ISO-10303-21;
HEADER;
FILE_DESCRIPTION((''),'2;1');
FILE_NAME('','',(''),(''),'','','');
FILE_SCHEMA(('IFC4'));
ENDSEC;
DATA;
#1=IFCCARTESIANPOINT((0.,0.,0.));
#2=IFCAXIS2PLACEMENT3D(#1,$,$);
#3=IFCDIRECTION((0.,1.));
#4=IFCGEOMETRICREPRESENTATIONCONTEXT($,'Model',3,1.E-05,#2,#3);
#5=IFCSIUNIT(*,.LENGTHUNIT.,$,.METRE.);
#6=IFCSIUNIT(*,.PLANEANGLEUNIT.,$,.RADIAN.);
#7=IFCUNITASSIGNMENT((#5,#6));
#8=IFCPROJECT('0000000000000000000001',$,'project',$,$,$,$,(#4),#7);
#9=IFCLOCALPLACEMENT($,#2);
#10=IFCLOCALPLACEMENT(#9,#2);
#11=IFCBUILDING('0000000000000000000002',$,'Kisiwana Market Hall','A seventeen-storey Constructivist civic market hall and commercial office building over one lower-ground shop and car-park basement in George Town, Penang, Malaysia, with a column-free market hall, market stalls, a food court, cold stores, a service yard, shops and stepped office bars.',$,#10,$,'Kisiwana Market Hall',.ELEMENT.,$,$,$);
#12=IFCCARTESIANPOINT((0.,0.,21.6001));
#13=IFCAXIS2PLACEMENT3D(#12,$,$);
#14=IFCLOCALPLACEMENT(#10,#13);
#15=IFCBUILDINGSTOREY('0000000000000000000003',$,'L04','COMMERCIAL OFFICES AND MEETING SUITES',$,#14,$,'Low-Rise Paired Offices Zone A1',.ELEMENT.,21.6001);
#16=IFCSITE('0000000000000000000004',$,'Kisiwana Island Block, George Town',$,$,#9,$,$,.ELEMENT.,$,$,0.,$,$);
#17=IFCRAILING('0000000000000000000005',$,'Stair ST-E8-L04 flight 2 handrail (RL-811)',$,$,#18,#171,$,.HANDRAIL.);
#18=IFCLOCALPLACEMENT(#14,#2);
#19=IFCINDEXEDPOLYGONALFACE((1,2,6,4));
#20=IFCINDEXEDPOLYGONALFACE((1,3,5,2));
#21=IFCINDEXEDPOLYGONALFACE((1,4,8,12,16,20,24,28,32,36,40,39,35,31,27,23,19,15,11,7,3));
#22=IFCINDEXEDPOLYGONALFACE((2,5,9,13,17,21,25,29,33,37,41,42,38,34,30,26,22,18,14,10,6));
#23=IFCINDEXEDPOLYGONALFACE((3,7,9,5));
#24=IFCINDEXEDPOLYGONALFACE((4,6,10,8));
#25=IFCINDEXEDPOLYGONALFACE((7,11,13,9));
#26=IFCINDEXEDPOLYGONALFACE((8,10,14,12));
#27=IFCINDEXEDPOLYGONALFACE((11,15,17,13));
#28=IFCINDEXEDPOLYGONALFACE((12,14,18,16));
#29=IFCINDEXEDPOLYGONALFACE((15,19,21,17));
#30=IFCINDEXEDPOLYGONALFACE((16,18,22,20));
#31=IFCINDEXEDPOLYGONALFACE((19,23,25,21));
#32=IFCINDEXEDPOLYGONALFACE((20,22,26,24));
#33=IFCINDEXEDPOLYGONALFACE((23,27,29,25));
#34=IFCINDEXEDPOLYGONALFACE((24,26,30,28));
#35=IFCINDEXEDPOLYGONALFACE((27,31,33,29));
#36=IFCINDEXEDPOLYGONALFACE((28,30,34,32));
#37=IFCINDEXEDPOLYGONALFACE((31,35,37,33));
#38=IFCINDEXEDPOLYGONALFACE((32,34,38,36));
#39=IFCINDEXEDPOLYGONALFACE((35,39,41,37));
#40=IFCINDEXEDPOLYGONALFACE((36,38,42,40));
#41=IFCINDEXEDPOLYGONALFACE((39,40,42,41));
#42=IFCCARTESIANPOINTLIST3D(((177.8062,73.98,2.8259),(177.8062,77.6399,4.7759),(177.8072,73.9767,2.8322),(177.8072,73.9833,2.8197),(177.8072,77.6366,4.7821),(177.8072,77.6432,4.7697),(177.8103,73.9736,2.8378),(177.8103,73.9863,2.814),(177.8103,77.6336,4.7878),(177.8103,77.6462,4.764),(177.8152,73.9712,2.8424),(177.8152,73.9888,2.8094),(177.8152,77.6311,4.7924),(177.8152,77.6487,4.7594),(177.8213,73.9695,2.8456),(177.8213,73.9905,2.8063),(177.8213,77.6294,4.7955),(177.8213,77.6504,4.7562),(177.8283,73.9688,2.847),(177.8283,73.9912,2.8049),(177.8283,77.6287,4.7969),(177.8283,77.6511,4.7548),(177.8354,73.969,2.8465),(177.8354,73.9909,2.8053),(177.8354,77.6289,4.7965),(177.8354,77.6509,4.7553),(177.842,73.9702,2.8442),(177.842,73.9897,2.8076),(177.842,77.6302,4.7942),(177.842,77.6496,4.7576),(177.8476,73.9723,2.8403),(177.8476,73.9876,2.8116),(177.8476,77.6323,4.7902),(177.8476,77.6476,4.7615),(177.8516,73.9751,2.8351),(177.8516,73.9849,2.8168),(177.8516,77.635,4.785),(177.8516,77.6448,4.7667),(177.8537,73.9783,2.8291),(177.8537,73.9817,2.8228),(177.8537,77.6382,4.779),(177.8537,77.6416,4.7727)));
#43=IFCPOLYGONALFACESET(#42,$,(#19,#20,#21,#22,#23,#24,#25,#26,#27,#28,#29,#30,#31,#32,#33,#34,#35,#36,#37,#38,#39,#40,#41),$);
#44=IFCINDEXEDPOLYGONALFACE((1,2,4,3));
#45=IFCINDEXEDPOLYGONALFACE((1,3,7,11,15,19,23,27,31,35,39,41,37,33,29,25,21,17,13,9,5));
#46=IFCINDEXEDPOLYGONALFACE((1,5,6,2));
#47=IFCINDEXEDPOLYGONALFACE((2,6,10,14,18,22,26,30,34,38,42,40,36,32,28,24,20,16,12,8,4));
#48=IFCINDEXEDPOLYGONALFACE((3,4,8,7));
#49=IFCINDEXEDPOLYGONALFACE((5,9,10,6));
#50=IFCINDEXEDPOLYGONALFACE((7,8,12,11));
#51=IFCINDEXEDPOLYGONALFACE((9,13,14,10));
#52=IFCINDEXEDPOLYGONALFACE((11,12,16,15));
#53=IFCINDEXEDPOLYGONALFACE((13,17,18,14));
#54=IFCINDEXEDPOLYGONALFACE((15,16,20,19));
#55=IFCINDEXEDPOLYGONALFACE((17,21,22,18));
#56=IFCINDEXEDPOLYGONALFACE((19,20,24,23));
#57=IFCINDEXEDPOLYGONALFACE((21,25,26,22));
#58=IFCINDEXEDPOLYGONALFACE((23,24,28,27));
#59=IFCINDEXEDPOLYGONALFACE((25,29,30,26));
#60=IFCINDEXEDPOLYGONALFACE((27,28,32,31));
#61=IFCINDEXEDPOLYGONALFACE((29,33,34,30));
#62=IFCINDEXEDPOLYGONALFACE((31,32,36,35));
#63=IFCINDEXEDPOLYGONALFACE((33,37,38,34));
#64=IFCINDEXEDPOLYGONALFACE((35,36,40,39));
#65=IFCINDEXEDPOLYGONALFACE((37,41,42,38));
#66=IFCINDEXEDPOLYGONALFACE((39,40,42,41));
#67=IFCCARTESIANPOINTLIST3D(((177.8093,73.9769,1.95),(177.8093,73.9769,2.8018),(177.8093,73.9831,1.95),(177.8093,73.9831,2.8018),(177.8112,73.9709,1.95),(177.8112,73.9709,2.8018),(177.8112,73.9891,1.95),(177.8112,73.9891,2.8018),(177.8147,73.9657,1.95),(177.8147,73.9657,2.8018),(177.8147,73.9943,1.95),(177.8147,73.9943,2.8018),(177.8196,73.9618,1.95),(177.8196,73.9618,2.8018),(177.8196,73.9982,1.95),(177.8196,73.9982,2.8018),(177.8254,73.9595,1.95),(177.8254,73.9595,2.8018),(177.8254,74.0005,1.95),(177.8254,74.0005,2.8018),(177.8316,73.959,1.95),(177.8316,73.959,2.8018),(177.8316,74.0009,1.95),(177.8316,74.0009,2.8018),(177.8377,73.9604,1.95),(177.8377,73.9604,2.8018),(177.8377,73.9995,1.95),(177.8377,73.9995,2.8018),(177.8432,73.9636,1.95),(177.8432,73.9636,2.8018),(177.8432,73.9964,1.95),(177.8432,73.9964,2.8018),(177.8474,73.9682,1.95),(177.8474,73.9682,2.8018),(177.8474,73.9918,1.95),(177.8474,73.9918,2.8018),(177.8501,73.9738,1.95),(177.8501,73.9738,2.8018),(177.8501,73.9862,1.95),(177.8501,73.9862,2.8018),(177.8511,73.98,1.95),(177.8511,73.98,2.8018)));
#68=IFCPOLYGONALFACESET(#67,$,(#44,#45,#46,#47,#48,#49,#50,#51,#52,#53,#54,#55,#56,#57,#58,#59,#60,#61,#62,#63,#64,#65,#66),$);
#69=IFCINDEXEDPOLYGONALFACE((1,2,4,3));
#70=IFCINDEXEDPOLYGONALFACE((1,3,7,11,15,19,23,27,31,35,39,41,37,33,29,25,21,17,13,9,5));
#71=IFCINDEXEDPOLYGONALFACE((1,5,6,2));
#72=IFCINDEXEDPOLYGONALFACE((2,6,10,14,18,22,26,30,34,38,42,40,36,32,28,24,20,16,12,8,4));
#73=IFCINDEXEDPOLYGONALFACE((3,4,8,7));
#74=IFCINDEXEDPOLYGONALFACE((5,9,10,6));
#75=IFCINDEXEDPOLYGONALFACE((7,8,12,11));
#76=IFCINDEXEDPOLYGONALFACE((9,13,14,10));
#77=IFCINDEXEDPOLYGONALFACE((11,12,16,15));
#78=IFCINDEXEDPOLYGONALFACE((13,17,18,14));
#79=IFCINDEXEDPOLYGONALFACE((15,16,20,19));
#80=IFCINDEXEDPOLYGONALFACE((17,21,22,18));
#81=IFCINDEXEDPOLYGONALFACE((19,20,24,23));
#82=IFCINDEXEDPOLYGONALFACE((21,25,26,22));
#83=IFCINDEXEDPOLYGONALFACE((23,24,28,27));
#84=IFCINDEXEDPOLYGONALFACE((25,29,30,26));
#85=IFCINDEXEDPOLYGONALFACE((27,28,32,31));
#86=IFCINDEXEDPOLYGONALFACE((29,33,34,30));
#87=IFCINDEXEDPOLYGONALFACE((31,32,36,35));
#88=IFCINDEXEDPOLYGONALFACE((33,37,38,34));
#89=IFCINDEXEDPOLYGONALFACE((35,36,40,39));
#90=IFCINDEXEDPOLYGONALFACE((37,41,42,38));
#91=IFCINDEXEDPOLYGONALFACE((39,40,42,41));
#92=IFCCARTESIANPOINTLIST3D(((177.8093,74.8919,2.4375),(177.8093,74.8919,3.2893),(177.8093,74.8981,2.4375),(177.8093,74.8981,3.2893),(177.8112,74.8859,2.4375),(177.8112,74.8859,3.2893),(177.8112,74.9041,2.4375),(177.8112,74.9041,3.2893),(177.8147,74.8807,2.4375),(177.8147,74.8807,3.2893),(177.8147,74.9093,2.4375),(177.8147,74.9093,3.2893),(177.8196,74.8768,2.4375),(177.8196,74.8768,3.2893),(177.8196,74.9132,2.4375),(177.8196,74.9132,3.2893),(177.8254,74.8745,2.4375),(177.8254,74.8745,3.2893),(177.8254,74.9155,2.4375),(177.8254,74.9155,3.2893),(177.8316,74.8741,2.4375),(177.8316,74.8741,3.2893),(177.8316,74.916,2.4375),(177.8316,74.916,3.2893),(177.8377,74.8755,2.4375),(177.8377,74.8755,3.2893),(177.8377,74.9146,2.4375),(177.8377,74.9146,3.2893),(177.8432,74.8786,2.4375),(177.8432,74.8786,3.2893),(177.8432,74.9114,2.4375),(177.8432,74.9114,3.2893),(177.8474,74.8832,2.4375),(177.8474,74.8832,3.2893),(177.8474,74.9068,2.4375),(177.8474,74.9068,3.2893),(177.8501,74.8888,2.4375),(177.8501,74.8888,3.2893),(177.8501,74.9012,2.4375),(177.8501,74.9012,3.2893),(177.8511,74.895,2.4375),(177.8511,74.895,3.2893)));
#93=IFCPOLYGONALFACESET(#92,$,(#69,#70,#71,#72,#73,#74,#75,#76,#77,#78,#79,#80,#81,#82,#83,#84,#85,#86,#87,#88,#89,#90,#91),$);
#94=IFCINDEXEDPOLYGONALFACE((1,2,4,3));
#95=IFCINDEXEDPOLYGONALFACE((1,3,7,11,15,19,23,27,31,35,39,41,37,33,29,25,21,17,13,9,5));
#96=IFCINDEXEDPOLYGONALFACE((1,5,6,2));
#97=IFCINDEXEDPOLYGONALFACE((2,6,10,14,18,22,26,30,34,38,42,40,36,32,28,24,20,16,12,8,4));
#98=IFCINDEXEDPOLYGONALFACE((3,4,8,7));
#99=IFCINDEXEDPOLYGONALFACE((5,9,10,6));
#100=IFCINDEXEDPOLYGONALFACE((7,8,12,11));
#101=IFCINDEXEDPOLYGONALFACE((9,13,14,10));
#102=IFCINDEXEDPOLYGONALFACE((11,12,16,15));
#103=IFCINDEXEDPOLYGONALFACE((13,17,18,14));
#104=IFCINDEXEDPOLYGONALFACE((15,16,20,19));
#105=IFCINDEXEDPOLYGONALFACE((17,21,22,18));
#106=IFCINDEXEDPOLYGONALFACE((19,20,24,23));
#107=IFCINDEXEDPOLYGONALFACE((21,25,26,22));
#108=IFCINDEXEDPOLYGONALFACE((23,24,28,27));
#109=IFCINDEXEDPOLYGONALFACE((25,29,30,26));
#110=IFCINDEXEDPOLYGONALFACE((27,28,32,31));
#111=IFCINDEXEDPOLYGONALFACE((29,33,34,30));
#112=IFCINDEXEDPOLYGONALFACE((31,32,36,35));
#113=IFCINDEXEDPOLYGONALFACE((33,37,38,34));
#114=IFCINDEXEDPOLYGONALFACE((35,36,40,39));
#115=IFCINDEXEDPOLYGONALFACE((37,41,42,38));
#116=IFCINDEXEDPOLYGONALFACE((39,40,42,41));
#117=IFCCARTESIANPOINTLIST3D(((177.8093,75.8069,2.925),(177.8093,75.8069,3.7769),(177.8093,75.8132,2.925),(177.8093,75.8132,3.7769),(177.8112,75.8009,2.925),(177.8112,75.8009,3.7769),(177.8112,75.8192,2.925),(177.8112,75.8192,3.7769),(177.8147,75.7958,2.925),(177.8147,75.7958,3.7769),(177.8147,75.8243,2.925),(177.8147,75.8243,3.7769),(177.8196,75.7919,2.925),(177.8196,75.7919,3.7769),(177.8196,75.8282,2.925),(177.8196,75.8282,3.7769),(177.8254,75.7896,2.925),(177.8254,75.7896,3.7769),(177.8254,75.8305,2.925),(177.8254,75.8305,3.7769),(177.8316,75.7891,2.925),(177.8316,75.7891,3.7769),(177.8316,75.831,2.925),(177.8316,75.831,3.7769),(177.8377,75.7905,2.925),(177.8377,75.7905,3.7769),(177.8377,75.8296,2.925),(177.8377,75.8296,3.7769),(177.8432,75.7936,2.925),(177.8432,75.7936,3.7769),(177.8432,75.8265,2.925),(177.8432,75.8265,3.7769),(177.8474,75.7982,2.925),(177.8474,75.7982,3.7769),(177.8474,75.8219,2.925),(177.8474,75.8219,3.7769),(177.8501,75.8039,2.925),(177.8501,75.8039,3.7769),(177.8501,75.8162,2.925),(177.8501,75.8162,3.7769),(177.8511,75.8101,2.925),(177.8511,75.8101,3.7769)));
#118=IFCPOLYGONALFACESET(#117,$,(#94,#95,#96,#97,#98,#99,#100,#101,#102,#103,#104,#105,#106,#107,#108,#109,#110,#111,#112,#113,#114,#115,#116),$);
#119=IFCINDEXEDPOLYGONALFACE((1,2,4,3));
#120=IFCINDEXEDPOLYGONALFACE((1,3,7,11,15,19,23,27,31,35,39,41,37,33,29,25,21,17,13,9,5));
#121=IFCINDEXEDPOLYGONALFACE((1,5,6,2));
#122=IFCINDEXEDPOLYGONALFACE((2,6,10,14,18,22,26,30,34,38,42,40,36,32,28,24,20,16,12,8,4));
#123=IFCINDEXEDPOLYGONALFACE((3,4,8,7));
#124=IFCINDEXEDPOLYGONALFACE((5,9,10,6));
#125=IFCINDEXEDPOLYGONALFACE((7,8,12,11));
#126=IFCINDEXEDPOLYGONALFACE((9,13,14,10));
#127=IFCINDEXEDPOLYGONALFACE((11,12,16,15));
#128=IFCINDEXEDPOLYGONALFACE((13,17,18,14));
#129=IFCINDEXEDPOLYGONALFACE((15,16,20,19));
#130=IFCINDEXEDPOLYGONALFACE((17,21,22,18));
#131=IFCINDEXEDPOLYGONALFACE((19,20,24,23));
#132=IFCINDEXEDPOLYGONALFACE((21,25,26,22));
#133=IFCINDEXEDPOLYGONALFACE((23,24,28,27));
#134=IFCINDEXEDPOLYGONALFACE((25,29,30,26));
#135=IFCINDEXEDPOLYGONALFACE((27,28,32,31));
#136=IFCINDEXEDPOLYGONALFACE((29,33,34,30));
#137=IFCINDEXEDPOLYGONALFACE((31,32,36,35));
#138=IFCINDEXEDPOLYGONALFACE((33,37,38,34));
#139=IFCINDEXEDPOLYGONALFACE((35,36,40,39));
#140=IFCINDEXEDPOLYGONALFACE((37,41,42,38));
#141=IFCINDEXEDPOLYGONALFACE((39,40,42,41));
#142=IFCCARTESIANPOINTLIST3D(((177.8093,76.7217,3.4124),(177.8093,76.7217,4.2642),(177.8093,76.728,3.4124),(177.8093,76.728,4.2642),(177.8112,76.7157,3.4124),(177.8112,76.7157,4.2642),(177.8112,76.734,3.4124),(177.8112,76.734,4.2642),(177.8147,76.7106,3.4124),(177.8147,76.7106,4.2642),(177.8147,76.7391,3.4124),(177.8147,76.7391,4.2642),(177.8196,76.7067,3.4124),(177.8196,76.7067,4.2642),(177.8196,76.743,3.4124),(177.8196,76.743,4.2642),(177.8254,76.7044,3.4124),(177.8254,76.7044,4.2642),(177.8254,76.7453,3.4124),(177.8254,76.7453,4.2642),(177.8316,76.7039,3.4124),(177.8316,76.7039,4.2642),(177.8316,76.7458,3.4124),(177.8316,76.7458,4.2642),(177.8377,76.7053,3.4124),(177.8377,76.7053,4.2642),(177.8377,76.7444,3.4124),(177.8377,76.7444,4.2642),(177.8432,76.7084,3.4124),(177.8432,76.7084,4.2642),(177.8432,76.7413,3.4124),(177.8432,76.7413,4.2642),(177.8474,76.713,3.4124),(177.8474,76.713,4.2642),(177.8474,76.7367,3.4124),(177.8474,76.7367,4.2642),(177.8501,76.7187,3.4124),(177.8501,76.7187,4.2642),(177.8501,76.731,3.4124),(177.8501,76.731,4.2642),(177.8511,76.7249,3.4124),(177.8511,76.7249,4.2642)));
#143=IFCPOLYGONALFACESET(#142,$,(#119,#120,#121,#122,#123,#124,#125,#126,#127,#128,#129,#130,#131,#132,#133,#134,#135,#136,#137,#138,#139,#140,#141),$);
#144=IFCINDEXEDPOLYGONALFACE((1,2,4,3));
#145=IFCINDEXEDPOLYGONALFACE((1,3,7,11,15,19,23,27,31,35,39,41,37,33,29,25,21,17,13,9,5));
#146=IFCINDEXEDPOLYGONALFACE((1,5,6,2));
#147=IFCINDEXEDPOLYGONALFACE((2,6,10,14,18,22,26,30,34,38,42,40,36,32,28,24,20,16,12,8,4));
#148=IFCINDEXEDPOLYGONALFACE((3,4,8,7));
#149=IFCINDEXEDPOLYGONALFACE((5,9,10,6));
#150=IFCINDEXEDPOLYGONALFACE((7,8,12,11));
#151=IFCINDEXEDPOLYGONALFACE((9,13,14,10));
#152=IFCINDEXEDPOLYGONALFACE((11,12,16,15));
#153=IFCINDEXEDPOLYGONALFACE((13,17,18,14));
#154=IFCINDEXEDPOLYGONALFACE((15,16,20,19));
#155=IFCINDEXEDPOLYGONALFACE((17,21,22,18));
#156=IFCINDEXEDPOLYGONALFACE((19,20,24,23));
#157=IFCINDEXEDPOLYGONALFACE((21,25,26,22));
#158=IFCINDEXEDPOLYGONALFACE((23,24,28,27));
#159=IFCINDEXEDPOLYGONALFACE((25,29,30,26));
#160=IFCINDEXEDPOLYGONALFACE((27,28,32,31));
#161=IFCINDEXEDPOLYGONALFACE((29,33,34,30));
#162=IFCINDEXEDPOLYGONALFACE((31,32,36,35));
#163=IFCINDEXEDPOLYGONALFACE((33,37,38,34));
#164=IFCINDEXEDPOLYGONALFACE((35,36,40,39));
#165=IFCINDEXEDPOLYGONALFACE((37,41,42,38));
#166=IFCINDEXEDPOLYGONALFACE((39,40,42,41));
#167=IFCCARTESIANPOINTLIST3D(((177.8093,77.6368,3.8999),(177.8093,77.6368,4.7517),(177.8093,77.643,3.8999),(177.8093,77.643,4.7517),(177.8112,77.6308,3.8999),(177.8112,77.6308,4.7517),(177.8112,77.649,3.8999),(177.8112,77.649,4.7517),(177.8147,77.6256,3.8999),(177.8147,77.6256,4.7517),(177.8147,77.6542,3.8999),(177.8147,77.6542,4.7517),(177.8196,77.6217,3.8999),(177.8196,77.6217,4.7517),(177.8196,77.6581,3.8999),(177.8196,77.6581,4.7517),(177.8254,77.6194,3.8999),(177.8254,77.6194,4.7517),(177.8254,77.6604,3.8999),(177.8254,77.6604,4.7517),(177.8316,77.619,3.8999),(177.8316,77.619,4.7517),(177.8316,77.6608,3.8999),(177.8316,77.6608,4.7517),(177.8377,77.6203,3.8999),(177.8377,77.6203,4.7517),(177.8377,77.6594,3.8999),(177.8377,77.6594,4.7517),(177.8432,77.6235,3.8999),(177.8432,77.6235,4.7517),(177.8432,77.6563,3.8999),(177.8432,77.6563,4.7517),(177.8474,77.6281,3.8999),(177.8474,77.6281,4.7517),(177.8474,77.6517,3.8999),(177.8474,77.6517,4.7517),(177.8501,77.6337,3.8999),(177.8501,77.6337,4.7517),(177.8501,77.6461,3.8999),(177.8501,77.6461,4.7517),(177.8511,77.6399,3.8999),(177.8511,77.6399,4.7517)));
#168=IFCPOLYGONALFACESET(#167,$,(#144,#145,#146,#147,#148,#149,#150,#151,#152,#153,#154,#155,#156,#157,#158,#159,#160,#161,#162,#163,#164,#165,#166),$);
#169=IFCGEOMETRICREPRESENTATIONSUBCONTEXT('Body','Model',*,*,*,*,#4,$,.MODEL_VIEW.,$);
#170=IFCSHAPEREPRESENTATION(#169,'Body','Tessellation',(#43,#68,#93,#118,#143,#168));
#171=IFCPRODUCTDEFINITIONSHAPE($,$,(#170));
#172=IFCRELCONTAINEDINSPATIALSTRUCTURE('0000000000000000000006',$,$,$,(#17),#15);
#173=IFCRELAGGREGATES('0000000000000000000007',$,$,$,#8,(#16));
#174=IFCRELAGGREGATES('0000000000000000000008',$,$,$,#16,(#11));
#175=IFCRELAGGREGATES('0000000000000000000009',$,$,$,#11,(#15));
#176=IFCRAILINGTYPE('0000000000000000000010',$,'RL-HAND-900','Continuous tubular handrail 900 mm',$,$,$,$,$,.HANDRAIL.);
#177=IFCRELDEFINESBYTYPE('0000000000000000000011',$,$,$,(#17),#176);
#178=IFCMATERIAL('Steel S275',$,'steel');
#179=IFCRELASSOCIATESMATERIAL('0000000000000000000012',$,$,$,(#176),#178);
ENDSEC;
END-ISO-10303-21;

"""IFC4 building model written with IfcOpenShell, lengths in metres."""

from ifc_helpers import new_model, si_unit, direction, frame, origin, origin_2d, place, context, subcontext, project, spatial, circle, extrude, material, type_object, element, save


model = new_model("IFC4")

# Units and contexts
model_context = context("Model", 3, precision=1e-05, world=origin(), true_north=direction((0.0, 1.0)))
body_context = subcontext(model_context, "Body", "Model", "MODEL_VIEW")
ifc_project = project(units=[si_unit("LENGTHUNIT", "METRE"), si_unit("PLANEANGLEUNIT", "RADIAN")], contexts=[model_context])

# Site, building, storey
site_placement = place(None, origin())
site = spatial("IfcSite", under=ifc_project, at=site_placement, Name="Kisiwana Island Block, George Town", CompositionType="ELEMENT", RefElevation=0.0)
building_placement = place(site_placement, origin())
building = spatial("IfcBuilding", under=site, at=building_placement, Name="Kisiwana Market Hall", Description="A seventeen-storey Constructivist civic market hall and commercial office building over one lower-ground shop and car-park basement in George Town, Penang, Malaysia, with a column-free market hall, market stalls, a food court, cold stores, a service yard, shops and stepped office bars.", LongName="Kisiwana Market Hall", CompositionType="ELEMENT")
storey_placement = place(building_placement, frame((0.0, 0.0, 21.6001)))
storey = spatial("IfcBuildingStorey", under=building, at=storey_placement, Name="L04", Description="COMMERCIAL OFFICES AND MEETING SUITES", LongName="Low-Rise Paired Offices Zone A1", CompositionType="ELEMENT", Elevation=21.6001)

# Railing
ifc_material_1 = material(Name="Steel S275", Category="steel")
railing_type_1 = type_object("IfcRailingType", Name="RL-HAND-900", Description="Continuous tubular handrail 900 mm", PredefinedType="HANDRAIL", material=ifc_material_1)
railing_1_placement = place(storey_placement, frame((177.8301, 73.98, 1.95)))
element("IfcRailing", 1, at=railing_1_placement, inside=storey, type_object=railing_type_1, Name="Stair ST-E8-L04 flight 2 handrail (RL-811)", PredefinedType="HANDRAIL", context=body_context, shape_type="SweptSolid", body=[
    extrude(circle(Radius=0.0239, at=origin_2d()), frame((0.0, 0.0, 0.876), z_axis=(0.0, 0.882553, 0.470212), x_axis=(-1.0, 0.0, 0.0)), (0.0, 0.0, 1.0), 4.147),
    extrude(circle(Radius=0.021, at=origin_2d()), origin(), (0.0, 0.0, 1.0), 0.8518),
    extrude(circle(Radius=0.021, at=origin_2d()), frame((0.0, 0.915, 0.4875)), (0.0, 0.0, 1.0), 0.8518),
    extrude(circle(Radius=0.021, at=origin_2d()), frame((0.0, 1.8301, 0.9751)), (0.0, 0.0, 1.0), 0.8518),
    extrude(circle(Radius=0.021, at=origin_2d()), frame((0.0, 2.7449, 1.4624)), (0.0, 0.0, 1.0), 0.8518),
    extrude(circle(Radius=0.021, at=origin_2d()), frame((0.0, 3.6599, 1.95)), (0.0, 0.0, 1.0), 0.8518),
])

save(model, "model.ifc")
